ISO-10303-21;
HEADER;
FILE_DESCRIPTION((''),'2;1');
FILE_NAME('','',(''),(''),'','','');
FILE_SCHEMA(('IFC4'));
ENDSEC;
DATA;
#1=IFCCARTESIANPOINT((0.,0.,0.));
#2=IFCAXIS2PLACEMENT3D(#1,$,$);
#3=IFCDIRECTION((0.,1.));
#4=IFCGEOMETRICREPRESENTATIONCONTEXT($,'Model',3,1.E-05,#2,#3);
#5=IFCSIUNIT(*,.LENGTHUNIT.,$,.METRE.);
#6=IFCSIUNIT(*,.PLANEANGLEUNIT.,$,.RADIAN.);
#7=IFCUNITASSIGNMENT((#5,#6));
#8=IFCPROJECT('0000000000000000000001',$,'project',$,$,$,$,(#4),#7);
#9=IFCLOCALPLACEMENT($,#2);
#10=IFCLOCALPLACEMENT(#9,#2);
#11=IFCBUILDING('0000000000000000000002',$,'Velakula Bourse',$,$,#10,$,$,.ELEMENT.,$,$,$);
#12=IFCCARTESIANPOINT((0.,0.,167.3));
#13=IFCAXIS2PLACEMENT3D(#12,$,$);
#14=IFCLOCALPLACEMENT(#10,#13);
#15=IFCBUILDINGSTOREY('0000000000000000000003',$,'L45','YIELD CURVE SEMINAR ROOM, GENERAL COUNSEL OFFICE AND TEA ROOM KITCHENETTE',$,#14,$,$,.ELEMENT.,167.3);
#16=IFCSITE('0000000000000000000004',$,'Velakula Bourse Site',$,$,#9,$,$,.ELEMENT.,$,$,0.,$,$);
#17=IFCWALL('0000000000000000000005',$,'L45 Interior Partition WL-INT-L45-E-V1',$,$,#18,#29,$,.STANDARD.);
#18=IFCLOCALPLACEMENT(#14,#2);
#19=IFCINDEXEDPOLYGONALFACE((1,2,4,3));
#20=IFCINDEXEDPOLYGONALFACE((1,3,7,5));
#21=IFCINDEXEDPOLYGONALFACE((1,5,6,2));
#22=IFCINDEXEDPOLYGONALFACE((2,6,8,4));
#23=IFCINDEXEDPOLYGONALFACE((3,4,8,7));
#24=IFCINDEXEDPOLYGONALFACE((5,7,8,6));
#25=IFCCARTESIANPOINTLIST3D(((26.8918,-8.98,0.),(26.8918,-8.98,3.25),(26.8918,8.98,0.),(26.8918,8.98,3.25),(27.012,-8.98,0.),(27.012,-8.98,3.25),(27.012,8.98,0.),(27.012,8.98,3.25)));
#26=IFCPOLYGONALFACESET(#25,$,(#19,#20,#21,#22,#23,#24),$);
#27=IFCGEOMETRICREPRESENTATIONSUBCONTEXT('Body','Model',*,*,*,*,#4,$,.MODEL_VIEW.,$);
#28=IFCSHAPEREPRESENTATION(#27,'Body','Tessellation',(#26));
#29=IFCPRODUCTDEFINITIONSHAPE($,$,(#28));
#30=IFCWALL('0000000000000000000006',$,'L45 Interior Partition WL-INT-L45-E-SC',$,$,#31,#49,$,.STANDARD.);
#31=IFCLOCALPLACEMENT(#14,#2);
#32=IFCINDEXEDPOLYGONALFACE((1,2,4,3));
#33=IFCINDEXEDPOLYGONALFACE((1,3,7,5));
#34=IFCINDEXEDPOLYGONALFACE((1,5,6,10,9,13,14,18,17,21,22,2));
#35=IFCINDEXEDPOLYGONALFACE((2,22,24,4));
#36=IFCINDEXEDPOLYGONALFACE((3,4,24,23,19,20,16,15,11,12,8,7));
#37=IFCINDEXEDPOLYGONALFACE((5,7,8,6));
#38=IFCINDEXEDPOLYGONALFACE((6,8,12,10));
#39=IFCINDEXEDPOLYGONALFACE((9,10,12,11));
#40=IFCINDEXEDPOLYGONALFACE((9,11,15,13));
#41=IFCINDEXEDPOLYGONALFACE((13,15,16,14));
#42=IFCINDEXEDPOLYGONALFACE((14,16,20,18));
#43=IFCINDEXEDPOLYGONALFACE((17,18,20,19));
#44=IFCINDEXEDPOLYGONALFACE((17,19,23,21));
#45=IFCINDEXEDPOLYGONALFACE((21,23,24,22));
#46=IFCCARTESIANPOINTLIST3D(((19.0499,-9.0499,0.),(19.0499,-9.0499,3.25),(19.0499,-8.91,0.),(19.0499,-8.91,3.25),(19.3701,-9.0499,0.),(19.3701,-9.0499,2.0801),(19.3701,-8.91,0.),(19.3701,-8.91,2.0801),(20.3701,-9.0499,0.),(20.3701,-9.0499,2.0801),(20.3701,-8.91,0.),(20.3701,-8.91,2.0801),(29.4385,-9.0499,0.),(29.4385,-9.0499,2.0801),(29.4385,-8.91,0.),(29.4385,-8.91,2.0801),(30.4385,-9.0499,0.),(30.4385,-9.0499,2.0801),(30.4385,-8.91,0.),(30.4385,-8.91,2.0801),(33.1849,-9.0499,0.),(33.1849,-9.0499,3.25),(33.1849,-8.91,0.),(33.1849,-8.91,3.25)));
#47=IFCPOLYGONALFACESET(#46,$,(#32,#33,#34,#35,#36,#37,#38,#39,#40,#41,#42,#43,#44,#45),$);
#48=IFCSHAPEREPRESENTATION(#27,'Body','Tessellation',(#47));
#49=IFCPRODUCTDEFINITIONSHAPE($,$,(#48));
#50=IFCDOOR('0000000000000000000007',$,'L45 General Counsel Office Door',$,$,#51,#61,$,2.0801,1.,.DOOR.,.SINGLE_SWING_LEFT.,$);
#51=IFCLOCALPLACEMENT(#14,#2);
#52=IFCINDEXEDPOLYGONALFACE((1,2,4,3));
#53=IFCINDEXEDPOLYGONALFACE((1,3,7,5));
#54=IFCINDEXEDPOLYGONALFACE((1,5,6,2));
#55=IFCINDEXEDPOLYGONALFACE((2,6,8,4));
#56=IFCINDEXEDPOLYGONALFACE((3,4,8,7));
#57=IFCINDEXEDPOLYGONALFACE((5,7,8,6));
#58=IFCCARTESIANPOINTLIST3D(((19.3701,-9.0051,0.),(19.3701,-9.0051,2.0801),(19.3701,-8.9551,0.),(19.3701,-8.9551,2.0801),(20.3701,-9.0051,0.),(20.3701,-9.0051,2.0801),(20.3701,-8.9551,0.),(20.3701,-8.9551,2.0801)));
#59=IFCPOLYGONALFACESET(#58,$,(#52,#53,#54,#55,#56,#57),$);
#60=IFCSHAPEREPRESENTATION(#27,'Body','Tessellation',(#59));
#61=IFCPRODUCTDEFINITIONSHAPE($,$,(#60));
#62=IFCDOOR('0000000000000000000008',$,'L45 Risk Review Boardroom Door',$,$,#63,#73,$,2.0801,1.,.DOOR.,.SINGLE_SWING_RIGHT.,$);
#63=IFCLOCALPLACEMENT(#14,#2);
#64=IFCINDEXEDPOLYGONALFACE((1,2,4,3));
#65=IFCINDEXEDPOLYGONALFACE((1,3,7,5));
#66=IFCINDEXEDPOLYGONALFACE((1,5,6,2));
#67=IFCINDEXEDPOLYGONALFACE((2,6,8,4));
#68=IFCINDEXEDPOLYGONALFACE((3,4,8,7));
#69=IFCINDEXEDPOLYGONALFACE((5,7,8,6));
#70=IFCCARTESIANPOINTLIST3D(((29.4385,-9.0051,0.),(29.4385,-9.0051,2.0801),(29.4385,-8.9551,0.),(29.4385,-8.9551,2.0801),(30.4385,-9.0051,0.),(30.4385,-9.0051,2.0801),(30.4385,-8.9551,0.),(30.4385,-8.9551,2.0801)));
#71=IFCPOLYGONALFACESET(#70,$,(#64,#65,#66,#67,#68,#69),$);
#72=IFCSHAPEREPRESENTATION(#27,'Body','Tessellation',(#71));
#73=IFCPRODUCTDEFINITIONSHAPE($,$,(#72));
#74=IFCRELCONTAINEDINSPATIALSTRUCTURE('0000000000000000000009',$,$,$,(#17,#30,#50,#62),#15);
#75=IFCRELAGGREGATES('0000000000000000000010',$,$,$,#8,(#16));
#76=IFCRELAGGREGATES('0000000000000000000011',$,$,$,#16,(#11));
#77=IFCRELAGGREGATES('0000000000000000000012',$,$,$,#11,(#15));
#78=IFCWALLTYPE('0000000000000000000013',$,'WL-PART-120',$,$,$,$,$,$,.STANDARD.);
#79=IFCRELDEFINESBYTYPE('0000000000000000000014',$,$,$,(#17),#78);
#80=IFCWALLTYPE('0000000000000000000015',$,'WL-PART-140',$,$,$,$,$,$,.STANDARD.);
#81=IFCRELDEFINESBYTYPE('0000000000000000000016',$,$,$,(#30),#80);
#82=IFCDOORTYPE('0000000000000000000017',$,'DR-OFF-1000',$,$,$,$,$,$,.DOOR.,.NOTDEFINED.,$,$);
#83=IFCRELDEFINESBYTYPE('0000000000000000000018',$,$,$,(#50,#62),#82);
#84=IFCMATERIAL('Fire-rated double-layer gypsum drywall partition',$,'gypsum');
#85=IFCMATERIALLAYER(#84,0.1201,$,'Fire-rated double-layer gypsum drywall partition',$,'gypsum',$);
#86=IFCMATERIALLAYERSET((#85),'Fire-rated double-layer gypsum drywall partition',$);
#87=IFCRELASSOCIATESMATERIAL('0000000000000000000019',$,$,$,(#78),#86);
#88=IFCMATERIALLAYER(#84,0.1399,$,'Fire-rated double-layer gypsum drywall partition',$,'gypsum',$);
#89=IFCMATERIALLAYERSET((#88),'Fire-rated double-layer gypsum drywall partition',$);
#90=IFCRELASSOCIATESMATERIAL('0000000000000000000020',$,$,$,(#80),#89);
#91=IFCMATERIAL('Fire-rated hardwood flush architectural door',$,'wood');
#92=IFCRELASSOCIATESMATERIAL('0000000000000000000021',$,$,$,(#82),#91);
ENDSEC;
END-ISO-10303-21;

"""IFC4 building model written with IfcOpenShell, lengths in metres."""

from ifc_helpers import new_model, si_unit, direction, frame, frame_2d, origin, place, context, subcontext, project, spatial, rectangle, extrude, material, layer, layer_set, type_object, element, fill, save


model = new_model("IFC4")

# Units and contexts
model_context = context("Model", 3, precision=1e-05, world=origin(), true_north=direction((0.0, 1.0)))
body_context = subcontext(model_context, "Body", "Model", "MODEL_VIEW")
ifc_project = project(units=[si_unit("LENGTHUNIT", "METRE"), si_unit("PLANEANGLEUNIT", "RADIAN")], contexts=[model_context])

# Site, building, storey
site_placement = place(None, origin())
site = spatial("IfcSite", under=ifc_project, at=site_placement, Name="Velakula Bourse Site", CompositionType="ELEMENT", RefElevation=0.0)
building_placement = place(site_placement, origin())
building = spatial("IfcBuilding", under=site, at=building_placement, Name="Velakula Bourse", CompositionType="ELEMENT")
storey_placement = place(building_placement, frame((0.0, 0.0, 167.3)))
storey = spatial("IfcBuildingStorey", under=building, at=storey_placement, Name="L45", Description="YIELD CURVE SEMINAR ROOM, GENERAL COUNSEL OFFICE AND TEA ROOM KITCHENETTE", CompositionType="ELEMENT", Elevation=167.3)

# Wall
ifc_material_1 = material(Name="Fire-rated double-layer gypsum drywall partition", Category="gypsum")
ifc_layer_1 = layer(ifc_material_1, 0.1201, Name="Fire-rated double-layer gypsum drywall partition", Category="gypsum")
ifc_layer_set_1 = layer_set([ifc_layer_1], Name="Fire-rated double-layer gypsum drywall partition")
wall_type_1 = type_object("IfcWallType", Name="WL-PART-120", PredefinedType="STANDARD", material=ifc_layer_set_1)
wall_1_placement = place(storey_placement, frame((26.9519, -8.98, 0.0), z_axis=(0.0, 0.0, 1.0), x_axis=(0.0, 1.0, 0.0)))
element("IfcWall", 1, at=wall_1_placement, inside=storey, type_object=wall_type_1, Name="L45 Interior Partition WL-INT-L45-E-V1", PredefinedType="STANDARD", context=body_context, shape_type="SweptSolid", body=[
    extrude(rectangle(XDim=17.96, YDim=0.1201, at=frame_2d((8.98, 0.0))), origin(), (0.0, 0.0, 1.0), 3.25),
])

# Wall, openings, doors
ifc_layer_2 = layer(ifc_material_1, 0.1399, Name="Fire-rated double-layer gypsum drywall partition", Category="gypsum")
ifc_layer_set_2 = layer_set([ifc_layer_2], Name="Fire-rated double-layer gypsum drywall partition")
wall_type_2 = type_object("IfcWallType", Name="WL-PART-140", PredefinedType="STANDARD", material=ifc_layer_set_2)
wall_2_placement = place(storey_placement, frame((19.05, -8.98, 0.0), z_axis=(0.0, 0.0, 1.0), x_axis=(1.0, 0.0, 0.0)))
wall_2 = element("IfcWall", 2, at=wall_2_placement, inside=storey, type_object=wall_type_2, Name="L45 Interior Partition WL-INT-L45-E-SC", PredefinedType="STANDARD", context=body_context, shape_type="SweptSolid", body=[
    extrude(rectangle(XDim=14.135, YDim=0.1399, at=frame_2d((7.0674, 0.0))), origin(), (0.0, 0.0, 1.0), 3.25),
])
opening_1_placement = place(wall_2_placement, frame((0.3201, 0.0, 0.0)))
opening_1 = element("IfcOpeningElement", 3, at=opening_1_placement, cuts=wall_2, PredefinedType="OPENING", context=body_context, shape_type="SweptSolid", body=[
    extrude(rectangle(XDim=1.0, YDim=2.0801, at=frame_2d((0.5, 1.04))), frame((0.0, 0.0798, 0.0), z_axis=(0.0, -1.0, 0.0), x_axis=(1.0, 0.0, 0.0)), (0.0, 0.0, 1.0), 0.1599),
])
opening_2_placement = place(wall_2_placement, frame((10.3884, 0.0, 0.0)))
opening_2 = element("IfcOpeningElement", 4, at=opening_2_placement, cuts=wall_2, PredefinedType="OPENING", context=body_context, shape_type="SweptSolid", body=[
    extrude(rectangle(XDim=1.0, YDim=2.0801, at=frame_2d((0.5, 1.04))), frame((0.0, 0.0798, 0.0), z_axis=(0.0, -1.0, 0.0), x_axis=(1.0, 0.0, 0.0)), (0.0, 0.0, 1.0), 0.1599),
])
ifc_material_2 = material(Name="Fire-rated hardwood flush architectural door", Category="wood")
door_type = type_object("IfcDoorType", Name="DR-OFF-1000", OperationType="NOTDEFINED", PredefinedType="DOOR", material=ifc_material_2)
door_1_placement = place(opening_1_placement, origin())
door_1 = element("IfcDoor", 5, at=door_1_placement, inside=storey, type_object=door_type, Name="L45 General Counsel Office Door", OperationType="SINGLE_SWING_LEFT", OverallHeight=2.0801, OverallWidth=1.0, PredefinedType="DOOR", context=body_context, shape_type="SweptSolid", body=[
    extrude(rectangle(XDim=1.0, YDim=2.0801, at=frame_2d((0.5, 1.04))), frame((0.0, 0.0249, 0.0), z_axis=(0.0, -1.0, 0.0), x_axis=(1.0, 0.0, 0.0)), (0.0, 0.0, 1.0), 0.05),
])
fill(opening_1, door_1)
door_2_placement = place(opening_2_placement, origin())
door_2 = element("IfcDoor", 6, at=door_2_placement, inside=storey, type_object=door_type, Name="L45 Risk Review Boardroom Door", OperationType="SINGLE_SWING_RIGHT", OverallHeight=2.0801, OverallWidth=1.0, PredefinedType="DOOR", context=body_context, shape_type="SweptSolid", body=[
    extrude(rectangle(XDim=1.0, YDim=2.0801, at=frame_2d((0.5, 1.04))), frame((0.0, 0.0249, 0.0), z_axis=(0.0, -1.0, 0.0), x_axis=(1.0, 0.0, 0.0)), (0.0, 0.0, 1.0), 0.05),
])
fill(opening_2, door_2)

save(model, "model.ifc")
